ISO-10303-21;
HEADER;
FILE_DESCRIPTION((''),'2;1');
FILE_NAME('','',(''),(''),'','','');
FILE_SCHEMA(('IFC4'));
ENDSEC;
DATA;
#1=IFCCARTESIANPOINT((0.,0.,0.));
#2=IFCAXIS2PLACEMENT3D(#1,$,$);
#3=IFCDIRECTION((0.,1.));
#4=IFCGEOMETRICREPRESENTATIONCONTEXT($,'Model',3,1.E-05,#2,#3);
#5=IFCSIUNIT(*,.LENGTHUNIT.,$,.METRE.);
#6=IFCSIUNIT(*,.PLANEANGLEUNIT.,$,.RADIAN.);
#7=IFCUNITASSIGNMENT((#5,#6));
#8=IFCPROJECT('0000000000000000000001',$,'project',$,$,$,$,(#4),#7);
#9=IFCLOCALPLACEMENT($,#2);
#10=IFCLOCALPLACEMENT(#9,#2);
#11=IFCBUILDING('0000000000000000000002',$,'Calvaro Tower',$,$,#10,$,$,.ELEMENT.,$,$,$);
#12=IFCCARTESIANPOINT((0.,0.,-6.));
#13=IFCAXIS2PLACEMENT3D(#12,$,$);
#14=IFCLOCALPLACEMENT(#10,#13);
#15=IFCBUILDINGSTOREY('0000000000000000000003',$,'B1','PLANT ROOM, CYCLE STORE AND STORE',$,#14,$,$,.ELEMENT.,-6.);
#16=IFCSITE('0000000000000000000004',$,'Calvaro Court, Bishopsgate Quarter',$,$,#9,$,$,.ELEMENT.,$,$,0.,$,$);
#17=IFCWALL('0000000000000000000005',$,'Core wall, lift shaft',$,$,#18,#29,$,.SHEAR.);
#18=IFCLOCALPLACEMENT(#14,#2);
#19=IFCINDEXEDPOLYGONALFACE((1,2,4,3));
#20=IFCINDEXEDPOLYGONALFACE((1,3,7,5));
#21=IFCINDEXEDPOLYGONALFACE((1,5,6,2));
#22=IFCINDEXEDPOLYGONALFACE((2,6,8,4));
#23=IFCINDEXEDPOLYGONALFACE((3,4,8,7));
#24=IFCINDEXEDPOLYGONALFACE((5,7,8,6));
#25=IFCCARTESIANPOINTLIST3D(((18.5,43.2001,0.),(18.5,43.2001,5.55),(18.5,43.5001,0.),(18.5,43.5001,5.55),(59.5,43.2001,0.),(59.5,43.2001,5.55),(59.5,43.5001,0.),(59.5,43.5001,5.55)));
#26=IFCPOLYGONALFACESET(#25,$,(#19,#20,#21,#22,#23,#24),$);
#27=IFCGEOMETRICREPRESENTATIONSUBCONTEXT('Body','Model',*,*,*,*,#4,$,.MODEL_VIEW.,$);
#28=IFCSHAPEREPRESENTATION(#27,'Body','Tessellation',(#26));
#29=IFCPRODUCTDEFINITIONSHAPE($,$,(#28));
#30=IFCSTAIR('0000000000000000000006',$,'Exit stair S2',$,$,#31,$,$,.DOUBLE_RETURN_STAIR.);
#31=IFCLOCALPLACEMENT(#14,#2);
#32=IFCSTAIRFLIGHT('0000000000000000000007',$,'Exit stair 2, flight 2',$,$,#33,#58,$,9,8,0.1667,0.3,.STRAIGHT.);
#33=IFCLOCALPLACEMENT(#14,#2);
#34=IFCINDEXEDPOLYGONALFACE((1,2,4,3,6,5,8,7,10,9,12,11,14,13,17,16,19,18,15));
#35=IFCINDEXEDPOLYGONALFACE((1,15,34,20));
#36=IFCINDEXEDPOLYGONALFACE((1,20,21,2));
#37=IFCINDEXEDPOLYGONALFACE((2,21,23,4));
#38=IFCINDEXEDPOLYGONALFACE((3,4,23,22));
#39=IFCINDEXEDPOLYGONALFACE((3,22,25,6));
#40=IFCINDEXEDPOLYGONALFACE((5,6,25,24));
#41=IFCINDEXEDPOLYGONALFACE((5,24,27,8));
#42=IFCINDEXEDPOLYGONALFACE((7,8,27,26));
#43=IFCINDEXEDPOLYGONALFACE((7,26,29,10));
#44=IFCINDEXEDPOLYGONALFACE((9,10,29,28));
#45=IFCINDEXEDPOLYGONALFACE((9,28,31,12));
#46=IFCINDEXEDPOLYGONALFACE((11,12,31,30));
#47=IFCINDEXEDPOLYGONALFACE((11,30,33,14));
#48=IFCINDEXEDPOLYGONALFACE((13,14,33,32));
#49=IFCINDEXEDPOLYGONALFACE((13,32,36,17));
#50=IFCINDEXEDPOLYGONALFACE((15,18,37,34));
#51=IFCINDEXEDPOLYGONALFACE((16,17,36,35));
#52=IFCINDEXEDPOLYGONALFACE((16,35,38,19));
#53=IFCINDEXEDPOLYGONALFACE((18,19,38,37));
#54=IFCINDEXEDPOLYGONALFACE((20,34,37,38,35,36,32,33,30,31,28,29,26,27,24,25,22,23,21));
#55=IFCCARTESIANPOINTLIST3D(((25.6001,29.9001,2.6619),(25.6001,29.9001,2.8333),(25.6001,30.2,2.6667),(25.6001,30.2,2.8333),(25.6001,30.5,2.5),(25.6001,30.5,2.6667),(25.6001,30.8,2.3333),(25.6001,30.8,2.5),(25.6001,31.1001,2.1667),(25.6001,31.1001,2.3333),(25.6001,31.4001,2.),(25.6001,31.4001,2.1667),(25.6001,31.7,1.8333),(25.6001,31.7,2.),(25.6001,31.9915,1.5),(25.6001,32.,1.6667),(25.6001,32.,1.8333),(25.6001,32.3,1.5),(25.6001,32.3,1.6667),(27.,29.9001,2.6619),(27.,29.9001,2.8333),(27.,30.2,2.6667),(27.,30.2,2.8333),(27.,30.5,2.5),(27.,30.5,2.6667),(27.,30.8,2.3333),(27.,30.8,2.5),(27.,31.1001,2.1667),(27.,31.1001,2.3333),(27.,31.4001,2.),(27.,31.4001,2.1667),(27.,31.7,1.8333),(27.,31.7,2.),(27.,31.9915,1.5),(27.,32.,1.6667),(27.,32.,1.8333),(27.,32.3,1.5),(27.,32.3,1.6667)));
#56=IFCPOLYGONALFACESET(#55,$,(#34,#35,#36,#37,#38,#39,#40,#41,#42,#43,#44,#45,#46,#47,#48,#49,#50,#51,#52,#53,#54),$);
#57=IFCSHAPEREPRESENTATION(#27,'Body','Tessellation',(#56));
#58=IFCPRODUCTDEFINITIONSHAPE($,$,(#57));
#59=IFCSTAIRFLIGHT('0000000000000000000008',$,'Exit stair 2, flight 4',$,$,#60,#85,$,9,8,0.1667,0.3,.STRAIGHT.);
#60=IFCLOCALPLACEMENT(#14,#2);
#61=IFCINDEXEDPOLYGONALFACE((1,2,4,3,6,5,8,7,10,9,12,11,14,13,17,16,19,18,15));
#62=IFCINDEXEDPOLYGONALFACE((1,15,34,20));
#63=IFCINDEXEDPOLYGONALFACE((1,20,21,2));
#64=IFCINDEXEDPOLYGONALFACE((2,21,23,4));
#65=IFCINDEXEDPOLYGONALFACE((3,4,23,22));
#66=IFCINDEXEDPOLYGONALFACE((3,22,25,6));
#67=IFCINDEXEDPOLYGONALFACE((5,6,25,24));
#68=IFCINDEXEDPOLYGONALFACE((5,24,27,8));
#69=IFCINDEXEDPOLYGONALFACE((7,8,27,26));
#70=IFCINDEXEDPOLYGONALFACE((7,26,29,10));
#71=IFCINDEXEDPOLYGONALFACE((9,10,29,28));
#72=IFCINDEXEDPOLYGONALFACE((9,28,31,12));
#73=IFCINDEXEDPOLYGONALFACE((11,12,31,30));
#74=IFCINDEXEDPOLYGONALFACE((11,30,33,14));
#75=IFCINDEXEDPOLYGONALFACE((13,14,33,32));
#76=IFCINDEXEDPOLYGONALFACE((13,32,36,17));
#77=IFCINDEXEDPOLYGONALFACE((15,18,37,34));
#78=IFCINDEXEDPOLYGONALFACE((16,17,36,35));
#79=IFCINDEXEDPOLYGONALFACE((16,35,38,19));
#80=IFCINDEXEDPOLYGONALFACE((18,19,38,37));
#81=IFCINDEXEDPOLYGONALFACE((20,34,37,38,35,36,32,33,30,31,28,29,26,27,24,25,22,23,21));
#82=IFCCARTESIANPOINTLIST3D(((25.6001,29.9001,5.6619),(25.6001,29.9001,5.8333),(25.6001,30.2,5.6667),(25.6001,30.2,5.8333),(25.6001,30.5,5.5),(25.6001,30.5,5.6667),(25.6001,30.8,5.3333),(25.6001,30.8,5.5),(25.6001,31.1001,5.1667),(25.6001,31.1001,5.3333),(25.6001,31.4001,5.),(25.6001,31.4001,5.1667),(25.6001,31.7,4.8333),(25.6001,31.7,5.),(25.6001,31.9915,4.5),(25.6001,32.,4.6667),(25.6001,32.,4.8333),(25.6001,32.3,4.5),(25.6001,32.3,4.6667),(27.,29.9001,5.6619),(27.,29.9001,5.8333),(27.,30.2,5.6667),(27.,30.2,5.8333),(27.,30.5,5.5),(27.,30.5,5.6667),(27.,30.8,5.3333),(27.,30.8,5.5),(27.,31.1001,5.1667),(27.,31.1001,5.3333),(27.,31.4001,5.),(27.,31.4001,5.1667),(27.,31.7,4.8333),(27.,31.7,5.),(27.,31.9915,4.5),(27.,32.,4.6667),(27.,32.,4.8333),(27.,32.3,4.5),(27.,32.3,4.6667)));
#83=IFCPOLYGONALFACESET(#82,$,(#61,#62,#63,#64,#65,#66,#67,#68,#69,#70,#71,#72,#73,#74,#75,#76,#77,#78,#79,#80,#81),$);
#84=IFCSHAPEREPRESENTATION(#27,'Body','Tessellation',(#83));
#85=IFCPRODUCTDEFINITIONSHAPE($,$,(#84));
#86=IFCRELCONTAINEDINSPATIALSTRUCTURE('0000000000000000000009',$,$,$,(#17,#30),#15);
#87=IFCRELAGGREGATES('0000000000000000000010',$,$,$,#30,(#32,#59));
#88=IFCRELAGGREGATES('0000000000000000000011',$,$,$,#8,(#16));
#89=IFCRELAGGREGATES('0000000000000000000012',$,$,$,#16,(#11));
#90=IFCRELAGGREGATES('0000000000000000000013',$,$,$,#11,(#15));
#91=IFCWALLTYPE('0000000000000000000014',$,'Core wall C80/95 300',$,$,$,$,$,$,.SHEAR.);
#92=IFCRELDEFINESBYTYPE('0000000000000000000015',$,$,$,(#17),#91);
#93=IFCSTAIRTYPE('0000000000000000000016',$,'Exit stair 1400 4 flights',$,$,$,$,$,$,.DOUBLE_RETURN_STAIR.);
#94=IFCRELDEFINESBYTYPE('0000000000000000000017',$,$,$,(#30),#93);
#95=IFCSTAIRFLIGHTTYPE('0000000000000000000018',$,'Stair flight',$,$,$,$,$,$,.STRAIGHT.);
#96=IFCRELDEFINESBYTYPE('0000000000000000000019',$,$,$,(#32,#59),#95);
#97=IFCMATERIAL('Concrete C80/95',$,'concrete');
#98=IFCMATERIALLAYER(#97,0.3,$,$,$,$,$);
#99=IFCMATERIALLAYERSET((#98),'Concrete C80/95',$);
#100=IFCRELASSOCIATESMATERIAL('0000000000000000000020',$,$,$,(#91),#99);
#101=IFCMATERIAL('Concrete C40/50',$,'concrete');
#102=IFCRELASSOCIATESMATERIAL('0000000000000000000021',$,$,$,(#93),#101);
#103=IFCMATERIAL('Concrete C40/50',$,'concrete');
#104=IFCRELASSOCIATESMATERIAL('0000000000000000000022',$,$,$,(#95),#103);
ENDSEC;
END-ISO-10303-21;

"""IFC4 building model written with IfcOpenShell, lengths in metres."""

from ifc_helpers import new_model, si_unit, direction, frame, frame_2d, origin, place, context, subcontext, project, spatial, polyline, rectangle, outline, extrude, material, layer, layer_set, type_object, element, aggregate, save


model = new_model("IFC4")

# Units and contexts
model_context = context("Model", 3, precision=1e-05, world=origin(), true_north=direction((0.0, 1.0)))
body_context = subcontext(model_context, "Body", "Model", "MODEL_VIEW")
ifc_project = project(units=[si_unit("LENGTHUNIT", "METRE"), si_unit("PLANEANGLEUNIT", "RADIAN")], contexts=[model_context])

# Site, building, storey
site_placement = place(None, origin())
site = spatial("IfcSite", under=ifc_project, at=site_placement, Name="Calvaro Court, Bishopsgate Quarter", CompositionType="ELEMENT", RefElevation=0.0)
building_placement = place(site_placement, origin())
building = spatial("IfcBuilding", under=site, at=building_placement, Name="Calvaro Tower", CompositionType="ELEMENT")
storey_placement = place(building_placement, frame((0.0, 0.0, -6.0)))
storey = spatial("IfcBuildingStorey", under=building, at=storey_placement, Name="B1", Description="PLANT ROOM, CYCLE STORE AND STORE", CompositionType="ELEMENT", Elevation=-6.0)

# Shared definitions
ifc_material_1 = material(Name="Concrete C80/95", Category="concrete")
ifc_layer_1 = layer(ifc_material_1, 0.3)
ifc_layer_set_1 = layer_set([ifc_layer_1], Name="Concrete C80/95")
wall_type_1 = type_object("IfcWallType", Name="Core wall C80/95 300", PredefinedType="SHEAR", material=ifc_layer_set_1)

# Wall
wall_1_placement = place(storey_placement, frame((18.5, 43.3501, 0.0), z_axis=(0.0, 0.0, 1.0), x_axis=(1.0, 0.0, 0.0)))
element("IfcWall", 1, at=wall_1_placement, inside=storey, type_object=wall_type_1, Name="Core wall, lift shaft", PredefinedType="SHEAR", context=body_context, shape_type="SweptSolid", body=[
    extrude(rectangle(XDim=41.0, YDim=0.3, at=frame_2d((20.5, 0.0))), origin(), (0.0, 0.0, 1.0), 5.55),
])

# Stair, stair flights
ifc_material_2 = material(Name="Concrete C40/50", Category="concrete")
stair_type = type_object("IfcStairType", Name="Exit stair 1400 4 flights", PredefinedType="DOUBLE_RETURN_STAIR", material=ifc_material_2)
stair_placement = place(storey_placement, origin())
stair = element("IfcStair", 2, at=stair_placement, inside=storey, type_object=stair_type, Name="Exit stair S2", PredefinedType="DOUBLE_RETURN_STAIR")
ifc_material_3 = material(Name="Concrete C40/50", Category="concrete")
stair_flight_type = type_object("IfcStairFlightType", Name="Stair flight", PredefinedType="STRAIGHT", material=ifc_material_3)
stair_flight_1_placement = place(storey_placement, frame((26.3, 32.3, 1.5), z_axis=(0.0, 0.0, 1.0), x_axis=(0.0, -1.0, 0.0)))
stair_flight_1 = element("IfcStairFlight", 3, at=stair_flight_1_placement, type_object=stair_flight_type, Name="Exit stair 2, flight 2", NumberOfRisers=9, NumberOfTreads=8, PredefinedType="STRAIGHT", RiserHeight=0.1667, TreadLength=0.3, context=body_context, shape_type="SweptSolid", body=[
    extrude(outline(polyline([(0.0, 0.0), (0.0, 0.1667), (0.3, 0.1667), (0.3, 0.3333), (0.6001, 0.3333), (0.6001, 0.5), (0.8999, 0.5), (0.8999, 0.6667), (1.2, 0.6667), (1.2, 0.8333), (1.5, 0.8333), (1.5, 1.0), (1.8, 1.0), (1.8, 1.1667), (2.1001, 1.1667), (2.1001, 1.3333), (2.3999, 1.3333), (2.3999, 1.5), (2.3999, 1.1619), (0.3086, 0.0), (0.0, 0.0)])), frame((0.0, 0.7, 0.0), z_axis=(0.0, -1.0, 0.0), x_axis=(1.0, 0.0, 0.0)), (0.0, 0.0, 1.0), 1.3999),
])
stair_flight_2_placement = place(storey_placement, frame((26.3, 32.3, 4.5), z_axis=(0.0, 0.0, 1.0), x_axis=(0.0, -1.0, 0.0)))
stair_flight_2 = element("IfcStairFlight", 4, at=stair_flight_2_placement, type_object=stair_flight_type, Name="Exit stair 2, flight 4", NumberOfRisers=9, NumberOfTreads=8, PredefinedType="STRAIGHT", RiserHeight=0.1667, TreadLength=0.3, context=body_context, shape_type="SweptSolid", body=[
    extrude(outline(polyline([(0.0, 0.0), (0.0, 0.1667), (0.3, 0.1667), (0.3, 0.3333), (0.6001, 0.3333), (0.6001, 0.5), (0.8999, 0.5), (0.8999, 0.6667), (1.2, 0.6667), (1.2, 0.8333), (1.5, 0.8333), (1.5, 1.0), (1.8, 1.0), (1.8, 1.1667), (2.1001, 1.1667), (2.1001, 1.3333), (2.3999, 1.3333), (2.3999, 1.5), (2.3999, 1.1619), (0.3086, 0.0), (0.0, 0.0)])), frame((0.0, 0.7, 0.0), z_axis=(0.0, -1.0, 0.0), x_axis=(1.0, 0.0, 0.0)), (0.0, 0.0, 1.0), 1.3999),
])
aggregate(stair, [stair_flight_1, stair_flight_2])

save(model, "model.ifc")
